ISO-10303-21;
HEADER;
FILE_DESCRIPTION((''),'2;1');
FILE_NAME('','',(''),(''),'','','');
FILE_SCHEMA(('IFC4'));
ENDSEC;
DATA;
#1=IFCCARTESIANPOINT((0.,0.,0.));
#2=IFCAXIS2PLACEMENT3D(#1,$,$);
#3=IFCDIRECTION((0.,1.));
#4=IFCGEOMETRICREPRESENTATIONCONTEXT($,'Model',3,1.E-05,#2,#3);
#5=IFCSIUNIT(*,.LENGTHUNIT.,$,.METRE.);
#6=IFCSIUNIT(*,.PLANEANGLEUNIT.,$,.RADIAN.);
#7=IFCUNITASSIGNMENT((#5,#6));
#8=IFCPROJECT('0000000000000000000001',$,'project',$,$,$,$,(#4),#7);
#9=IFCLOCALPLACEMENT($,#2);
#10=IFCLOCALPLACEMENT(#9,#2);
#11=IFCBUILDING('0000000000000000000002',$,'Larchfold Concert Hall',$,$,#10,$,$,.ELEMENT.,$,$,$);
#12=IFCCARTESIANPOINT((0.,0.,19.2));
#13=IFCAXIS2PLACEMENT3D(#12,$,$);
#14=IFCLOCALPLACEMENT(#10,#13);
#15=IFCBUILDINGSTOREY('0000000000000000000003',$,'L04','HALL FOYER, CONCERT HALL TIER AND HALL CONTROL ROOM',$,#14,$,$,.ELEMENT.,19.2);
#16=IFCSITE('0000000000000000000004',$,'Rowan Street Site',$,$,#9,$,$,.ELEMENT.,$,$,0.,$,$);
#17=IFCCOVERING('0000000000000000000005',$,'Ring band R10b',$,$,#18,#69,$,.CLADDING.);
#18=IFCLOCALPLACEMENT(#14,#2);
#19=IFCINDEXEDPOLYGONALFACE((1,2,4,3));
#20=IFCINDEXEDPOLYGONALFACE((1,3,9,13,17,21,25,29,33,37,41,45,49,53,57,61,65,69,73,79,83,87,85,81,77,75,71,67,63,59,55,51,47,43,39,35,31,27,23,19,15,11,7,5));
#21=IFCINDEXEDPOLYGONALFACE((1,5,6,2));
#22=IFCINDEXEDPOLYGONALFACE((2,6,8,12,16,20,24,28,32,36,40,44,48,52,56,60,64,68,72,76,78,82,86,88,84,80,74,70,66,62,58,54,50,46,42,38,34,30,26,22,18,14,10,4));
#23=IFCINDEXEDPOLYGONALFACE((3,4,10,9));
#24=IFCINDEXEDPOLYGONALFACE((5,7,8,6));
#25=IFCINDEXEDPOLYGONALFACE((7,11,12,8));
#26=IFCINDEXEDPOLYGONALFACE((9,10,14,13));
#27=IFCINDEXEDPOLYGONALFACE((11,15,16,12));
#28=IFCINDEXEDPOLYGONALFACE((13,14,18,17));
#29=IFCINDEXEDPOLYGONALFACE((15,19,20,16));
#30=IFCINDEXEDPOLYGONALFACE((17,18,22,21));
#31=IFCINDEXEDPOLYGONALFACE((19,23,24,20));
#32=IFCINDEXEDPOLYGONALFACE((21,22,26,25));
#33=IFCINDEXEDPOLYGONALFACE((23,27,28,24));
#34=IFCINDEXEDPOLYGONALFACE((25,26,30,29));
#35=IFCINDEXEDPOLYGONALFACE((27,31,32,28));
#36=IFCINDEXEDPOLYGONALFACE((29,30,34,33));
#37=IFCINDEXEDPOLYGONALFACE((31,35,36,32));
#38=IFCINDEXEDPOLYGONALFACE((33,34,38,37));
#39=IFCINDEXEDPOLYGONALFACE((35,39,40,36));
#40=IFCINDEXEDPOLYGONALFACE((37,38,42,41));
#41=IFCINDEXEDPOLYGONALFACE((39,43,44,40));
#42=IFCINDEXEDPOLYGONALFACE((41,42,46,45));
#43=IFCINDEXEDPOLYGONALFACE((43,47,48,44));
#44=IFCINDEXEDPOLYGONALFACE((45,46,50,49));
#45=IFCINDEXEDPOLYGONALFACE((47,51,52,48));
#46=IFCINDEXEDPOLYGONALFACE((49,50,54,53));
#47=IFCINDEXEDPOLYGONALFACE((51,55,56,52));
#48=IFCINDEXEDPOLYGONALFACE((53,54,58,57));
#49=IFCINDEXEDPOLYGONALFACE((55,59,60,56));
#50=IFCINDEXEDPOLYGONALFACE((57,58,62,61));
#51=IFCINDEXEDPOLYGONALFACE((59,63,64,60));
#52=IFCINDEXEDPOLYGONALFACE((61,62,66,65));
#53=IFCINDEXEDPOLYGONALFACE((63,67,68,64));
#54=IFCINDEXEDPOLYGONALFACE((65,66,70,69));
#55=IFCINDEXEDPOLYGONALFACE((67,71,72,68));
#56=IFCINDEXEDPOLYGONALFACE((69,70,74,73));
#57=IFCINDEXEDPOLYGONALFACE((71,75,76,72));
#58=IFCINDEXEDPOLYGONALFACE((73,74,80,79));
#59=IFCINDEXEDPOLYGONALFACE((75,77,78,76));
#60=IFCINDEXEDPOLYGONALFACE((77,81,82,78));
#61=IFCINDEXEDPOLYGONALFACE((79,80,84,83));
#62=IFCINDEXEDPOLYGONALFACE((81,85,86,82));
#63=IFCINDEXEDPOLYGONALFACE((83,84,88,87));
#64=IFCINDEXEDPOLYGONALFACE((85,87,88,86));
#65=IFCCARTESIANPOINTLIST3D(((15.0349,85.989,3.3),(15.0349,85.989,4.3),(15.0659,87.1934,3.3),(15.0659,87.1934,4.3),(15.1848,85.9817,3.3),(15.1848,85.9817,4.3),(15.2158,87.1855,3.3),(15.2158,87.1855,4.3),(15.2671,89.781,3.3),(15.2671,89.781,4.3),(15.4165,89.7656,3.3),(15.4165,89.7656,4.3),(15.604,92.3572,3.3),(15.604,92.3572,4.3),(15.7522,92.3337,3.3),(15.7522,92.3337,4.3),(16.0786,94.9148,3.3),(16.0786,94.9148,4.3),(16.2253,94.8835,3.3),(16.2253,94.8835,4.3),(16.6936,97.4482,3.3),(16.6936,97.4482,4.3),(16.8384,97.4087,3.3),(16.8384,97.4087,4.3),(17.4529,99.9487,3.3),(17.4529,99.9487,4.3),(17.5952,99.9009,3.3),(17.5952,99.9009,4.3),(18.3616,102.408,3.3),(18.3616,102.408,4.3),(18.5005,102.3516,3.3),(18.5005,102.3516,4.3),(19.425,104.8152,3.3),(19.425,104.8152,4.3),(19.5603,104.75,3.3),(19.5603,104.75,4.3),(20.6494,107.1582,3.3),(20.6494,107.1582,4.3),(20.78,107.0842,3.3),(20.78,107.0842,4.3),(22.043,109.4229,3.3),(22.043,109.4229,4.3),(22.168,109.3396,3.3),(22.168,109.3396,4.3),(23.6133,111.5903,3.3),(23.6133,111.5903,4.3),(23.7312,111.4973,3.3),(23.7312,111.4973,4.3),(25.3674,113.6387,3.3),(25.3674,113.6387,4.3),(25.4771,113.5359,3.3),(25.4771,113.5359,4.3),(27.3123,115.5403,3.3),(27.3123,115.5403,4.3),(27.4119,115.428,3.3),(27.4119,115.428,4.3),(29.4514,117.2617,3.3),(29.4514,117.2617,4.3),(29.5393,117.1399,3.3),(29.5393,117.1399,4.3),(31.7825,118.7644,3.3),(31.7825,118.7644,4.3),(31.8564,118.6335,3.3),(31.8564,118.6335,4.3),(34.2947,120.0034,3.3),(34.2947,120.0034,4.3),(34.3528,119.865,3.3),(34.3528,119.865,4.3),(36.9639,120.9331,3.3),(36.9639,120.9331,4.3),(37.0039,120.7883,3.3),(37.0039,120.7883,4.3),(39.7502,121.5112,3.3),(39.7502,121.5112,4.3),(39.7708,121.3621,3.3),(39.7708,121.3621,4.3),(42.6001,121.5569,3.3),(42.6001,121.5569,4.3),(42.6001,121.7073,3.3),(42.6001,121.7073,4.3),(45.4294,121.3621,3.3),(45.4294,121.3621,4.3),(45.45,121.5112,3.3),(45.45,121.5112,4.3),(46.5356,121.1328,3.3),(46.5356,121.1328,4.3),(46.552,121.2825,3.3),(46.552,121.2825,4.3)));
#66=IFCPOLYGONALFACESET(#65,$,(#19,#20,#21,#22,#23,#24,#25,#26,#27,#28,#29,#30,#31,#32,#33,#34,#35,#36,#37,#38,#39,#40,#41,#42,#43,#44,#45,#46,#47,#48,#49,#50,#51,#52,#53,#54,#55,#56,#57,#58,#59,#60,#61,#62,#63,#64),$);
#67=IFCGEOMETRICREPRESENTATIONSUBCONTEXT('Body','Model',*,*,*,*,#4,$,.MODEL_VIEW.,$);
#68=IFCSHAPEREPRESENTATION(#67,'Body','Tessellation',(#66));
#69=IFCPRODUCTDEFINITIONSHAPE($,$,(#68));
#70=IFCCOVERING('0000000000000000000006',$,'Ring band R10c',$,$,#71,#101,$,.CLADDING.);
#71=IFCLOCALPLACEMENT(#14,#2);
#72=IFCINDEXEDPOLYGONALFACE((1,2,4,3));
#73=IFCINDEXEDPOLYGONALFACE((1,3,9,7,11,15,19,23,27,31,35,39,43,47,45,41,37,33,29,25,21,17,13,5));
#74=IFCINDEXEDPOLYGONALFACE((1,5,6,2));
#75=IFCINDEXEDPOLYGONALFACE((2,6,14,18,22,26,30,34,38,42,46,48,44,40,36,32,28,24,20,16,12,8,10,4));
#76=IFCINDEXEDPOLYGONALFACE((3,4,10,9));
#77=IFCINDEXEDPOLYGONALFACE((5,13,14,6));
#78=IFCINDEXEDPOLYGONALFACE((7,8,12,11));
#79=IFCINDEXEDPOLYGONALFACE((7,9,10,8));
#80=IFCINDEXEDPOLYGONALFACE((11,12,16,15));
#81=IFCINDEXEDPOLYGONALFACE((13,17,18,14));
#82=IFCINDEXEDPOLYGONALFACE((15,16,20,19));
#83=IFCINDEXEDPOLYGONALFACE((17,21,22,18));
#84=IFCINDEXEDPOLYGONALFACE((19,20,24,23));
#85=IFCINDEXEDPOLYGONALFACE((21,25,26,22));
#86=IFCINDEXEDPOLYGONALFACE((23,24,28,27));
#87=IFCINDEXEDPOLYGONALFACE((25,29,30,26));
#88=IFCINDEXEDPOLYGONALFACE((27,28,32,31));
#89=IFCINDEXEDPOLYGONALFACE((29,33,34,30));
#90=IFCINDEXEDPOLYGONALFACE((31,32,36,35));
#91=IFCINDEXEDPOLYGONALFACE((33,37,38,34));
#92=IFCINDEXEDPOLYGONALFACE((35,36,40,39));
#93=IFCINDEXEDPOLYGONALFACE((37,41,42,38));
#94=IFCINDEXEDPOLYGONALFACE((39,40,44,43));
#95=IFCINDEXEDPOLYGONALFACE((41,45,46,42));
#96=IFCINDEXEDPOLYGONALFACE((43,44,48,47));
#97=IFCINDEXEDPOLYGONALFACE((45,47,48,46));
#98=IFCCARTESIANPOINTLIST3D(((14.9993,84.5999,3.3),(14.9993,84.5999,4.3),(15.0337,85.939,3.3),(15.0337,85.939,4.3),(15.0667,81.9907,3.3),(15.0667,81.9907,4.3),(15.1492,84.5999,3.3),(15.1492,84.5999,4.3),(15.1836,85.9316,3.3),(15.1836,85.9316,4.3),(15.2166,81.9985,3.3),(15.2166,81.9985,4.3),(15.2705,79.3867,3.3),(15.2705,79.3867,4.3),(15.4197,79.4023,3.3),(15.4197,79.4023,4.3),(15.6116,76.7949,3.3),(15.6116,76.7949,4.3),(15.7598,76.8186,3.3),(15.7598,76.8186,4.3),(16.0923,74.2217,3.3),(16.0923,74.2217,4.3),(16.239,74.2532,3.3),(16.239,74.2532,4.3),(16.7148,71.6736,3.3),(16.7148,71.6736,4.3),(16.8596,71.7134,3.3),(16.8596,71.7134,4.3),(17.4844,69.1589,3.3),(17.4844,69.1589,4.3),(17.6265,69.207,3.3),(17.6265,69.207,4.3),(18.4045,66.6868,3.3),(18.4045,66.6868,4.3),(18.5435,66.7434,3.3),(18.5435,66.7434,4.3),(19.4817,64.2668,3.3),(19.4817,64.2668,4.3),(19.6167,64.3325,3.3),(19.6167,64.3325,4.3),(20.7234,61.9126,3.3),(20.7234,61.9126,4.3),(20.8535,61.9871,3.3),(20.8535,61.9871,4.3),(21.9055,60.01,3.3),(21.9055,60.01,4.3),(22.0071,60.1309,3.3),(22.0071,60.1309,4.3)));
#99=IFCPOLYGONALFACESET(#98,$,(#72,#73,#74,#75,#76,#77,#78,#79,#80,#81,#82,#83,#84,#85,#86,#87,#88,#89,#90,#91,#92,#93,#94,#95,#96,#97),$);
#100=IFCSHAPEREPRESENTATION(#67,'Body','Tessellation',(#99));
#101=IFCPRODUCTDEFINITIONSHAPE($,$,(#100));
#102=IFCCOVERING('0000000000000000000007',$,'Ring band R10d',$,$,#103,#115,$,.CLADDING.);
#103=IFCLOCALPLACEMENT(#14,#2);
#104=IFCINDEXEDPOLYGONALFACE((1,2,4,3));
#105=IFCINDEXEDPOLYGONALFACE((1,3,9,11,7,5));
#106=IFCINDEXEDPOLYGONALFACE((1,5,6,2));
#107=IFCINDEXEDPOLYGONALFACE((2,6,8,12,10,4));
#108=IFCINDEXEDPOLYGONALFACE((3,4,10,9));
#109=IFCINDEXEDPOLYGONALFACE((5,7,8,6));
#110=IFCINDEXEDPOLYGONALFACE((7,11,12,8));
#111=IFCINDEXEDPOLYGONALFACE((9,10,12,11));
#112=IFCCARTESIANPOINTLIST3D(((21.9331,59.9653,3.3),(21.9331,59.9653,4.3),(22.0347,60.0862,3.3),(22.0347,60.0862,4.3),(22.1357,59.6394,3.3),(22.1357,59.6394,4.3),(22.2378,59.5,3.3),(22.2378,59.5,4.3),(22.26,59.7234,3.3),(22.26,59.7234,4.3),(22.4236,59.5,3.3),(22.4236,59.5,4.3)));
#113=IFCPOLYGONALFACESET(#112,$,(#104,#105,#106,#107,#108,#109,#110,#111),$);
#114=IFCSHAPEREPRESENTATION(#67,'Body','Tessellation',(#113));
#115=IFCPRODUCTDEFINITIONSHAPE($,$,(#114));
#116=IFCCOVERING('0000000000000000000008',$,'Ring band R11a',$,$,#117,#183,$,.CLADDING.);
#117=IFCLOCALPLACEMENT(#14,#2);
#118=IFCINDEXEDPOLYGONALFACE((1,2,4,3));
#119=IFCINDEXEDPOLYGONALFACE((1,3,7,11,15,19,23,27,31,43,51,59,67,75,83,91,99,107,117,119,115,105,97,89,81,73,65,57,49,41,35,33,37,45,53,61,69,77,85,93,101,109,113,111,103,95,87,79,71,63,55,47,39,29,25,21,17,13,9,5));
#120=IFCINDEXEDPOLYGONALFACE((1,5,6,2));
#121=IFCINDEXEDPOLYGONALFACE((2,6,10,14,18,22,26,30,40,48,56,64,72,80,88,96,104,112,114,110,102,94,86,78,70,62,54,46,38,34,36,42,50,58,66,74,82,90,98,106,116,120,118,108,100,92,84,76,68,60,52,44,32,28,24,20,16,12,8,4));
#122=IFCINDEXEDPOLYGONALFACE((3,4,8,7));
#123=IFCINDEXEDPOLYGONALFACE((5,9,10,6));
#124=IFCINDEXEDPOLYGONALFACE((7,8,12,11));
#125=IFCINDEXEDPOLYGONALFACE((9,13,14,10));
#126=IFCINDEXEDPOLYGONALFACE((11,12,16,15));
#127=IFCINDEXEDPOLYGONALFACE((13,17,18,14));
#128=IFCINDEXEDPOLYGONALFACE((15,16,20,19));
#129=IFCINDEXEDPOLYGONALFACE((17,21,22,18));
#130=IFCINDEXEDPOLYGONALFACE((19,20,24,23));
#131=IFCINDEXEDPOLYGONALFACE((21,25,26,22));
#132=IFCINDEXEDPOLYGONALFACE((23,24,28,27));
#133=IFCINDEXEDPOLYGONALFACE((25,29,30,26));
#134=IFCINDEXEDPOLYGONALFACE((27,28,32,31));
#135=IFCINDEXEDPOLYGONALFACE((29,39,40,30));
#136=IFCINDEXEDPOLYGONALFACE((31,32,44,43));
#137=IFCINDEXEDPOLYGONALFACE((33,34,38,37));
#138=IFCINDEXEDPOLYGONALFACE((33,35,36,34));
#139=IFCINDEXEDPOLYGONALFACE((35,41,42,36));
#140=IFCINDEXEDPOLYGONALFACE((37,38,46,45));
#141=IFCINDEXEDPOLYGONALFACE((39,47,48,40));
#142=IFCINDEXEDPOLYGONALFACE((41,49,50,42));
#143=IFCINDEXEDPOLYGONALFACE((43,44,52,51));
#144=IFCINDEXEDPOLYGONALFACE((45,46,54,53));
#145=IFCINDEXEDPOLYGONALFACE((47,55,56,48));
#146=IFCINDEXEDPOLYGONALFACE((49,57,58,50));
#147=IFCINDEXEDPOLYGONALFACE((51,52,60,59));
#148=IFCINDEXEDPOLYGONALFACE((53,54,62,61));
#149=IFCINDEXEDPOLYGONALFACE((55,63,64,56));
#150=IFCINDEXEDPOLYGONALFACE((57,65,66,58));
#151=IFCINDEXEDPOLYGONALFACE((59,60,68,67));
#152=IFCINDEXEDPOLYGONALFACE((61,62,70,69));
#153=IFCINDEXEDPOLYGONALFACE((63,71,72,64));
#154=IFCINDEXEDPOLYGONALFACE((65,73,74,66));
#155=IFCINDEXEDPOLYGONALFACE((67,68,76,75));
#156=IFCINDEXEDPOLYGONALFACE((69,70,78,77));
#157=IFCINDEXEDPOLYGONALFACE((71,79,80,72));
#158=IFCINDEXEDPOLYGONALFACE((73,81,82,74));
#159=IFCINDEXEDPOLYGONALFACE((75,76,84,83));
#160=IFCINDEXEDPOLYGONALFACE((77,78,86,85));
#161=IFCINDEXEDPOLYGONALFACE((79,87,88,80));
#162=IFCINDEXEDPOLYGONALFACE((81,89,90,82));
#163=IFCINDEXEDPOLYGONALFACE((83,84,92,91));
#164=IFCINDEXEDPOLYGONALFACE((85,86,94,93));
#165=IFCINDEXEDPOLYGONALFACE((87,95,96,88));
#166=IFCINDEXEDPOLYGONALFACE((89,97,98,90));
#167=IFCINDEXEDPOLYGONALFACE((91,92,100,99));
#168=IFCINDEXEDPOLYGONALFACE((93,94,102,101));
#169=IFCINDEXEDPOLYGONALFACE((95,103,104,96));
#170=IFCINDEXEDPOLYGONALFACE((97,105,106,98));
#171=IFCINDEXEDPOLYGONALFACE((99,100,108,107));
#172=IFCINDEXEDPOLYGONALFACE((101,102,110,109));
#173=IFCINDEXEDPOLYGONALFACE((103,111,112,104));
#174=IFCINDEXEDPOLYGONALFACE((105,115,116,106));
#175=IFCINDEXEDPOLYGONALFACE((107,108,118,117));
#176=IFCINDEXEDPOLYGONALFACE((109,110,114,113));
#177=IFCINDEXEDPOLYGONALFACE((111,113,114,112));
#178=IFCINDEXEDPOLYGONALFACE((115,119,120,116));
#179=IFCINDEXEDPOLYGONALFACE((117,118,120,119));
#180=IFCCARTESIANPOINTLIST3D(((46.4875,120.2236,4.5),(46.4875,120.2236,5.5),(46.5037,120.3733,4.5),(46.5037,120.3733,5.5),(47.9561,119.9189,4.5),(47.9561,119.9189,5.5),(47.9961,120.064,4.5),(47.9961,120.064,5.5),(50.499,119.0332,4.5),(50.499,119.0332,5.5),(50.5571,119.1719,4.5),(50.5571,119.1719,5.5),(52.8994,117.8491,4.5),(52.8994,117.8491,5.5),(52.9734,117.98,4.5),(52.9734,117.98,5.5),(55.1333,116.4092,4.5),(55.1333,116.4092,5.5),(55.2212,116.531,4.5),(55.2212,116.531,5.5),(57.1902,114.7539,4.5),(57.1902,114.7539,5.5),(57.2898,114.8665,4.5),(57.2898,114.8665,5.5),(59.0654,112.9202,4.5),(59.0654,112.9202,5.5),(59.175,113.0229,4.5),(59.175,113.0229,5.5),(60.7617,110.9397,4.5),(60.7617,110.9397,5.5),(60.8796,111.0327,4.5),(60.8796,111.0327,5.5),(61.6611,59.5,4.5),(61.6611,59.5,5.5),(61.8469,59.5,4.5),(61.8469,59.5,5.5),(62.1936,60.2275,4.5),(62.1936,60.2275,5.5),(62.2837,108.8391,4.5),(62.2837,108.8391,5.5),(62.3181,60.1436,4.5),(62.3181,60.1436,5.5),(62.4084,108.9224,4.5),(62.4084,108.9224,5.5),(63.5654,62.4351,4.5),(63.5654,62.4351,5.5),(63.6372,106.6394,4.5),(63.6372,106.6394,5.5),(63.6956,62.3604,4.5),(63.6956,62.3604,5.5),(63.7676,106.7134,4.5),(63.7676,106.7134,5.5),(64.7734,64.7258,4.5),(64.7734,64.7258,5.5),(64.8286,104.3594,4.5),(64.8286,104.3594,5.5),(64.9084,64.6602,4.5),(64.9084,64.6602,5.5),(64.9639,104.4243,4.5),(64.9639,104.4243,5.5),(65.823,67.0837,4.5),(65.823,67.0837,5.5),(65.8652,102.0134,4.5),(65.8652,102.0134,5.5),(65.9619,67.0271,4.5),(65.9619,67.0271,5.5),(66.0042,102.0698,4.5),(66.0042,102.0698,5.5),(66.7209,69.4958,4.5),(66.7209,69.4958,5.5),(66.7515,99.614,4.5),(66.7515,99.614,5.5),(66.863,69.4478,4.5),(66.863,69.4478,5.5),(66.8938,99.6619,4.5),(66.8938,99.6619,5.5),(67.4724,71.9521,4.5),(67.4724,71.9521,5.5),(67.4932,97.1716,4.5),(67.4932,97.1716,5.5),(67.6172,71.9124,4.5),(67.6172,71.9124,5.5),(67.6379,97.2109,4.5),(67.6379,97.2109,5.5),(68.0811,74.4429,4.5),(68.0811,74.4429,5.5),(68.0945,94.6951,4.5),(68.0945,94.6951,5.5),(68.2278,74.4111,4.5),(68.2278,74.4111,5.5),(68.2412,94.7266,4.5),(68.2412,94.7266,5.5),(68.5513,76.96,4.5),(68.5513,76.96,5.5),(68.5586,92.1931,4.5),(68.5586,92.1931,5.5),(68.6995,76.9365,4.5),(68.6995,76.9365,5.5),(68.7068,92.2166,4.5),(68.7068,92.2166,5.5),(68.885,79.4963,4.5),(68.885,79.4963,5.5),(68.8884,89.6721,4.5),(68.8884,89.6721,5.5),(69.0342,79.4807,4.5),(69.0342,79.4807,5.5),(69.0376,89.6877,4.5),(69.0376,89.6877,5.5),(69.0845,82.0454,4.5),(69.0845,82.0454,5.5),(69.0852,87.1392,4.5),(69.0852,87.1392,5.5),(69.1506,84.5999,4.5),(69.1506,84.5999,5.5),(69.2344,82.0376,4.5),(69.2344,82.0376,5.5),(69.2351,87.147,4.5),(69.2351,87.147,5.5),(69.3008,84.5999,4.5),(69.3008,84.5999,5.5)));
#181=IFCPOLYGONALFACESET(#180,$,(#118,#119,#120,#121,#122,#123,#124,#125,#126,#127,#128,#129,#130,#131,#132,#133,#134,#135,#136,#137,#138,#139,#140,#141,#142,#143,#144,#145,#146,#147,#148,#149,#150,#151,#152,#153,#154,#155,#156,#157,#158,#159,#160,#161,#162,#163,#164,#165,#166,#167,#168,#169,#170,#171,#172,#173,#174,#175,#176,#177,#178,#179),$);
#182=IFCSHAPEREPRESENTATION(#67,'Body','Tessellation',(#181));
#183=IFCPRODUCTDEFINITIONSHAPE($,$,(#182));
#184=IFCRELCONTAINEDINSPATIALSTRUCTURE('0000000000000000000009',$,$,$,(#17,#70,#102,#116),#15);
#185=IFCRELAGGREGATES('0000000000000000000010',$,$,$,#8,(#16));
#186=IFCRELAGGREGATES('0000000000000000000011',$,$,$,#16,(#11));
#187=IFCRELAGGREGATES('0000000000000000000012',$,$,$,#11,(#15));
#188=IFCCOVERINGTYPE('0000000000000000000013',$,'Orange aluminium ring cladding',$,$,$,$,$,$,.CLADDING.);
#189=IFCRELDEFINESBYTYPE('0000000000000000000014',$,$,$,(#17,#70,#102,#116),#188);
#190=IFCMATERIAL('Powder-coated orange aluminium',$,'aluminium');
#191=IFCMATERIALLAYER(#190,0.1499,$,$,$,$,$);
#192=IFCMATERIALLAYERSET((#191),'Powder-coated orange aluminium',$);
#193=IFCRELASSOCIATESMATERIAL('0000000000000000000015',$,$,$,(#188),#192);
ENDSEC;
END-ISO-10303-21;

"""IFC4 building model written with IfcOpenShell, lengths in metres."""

from ifc_helpers import new_model, si_unit, direction, frame, origin, place, context, subcontext, project, spatial, polyline, outline, extrude, material, layer, layer_set, type_object, element, save


model = new_model("IFC4")

# Units and contexts
model_context = context("Model", 3, precision=1e-05, world=origin(), true_north=direction((0.0, 1.0)))
body_context = subcontext(model_context, "Body", "Model", "MODEL_VIEW")
ifc_project = project(units=[si_unit("LENGTHUNIT", "METRE"), si_unit("PLANEANGLEUNIT", "RADIAN")], contexts=[model_context])

# Site, building, storey
site_placement = place(None, origin())
site = spatial("IfcSite", under=ifc_project, at=site_placement, Name="Rowan Street Site", CompositionType="ELEMENT", RefElevation=0.0)
building_placement = place(site_placement, origin())
building = spatial("IfcBuilding", under=site, at=building_placement, Name="Larchfold Concert Hall", CompositionType="ELEMENT")
storey_placement = place(building_placement, frame((0.0, 0.0, 19.2)))
storey = spatial("IfcBuildingStorey", under=building, at=storey_placement, Name="L04", Description="HALL FOYER, CONCERT HALL TIER AND HALL CONTROL ROOM", CompositionType="ELEMENT", Elevation=19.2)

# Coverings
ifc_material_1 = material(Name="Powder-coated orange aluminium", Category="aluminium")
ifc_layer_1 = layer(ifc_material_1, 0.1499)
ifc_layer_set_1 = layer_set([ifc_layer_1], Name="Powder-coated orange aluminium")
covering_type = type_object("IfcCoveringType", Name="Orange aluminium ring cladding", PredefinedType="CLADDING", material=ifc_layer_set_1)
covering_1_placement = place(storey_placement, frame((0.0, 0.0, 3.3)))
element("IfcCovering", 1, at=covering_1_placement, inside=storey, type_object=covering_type, Name="Ring band R10b", PredefinedType="CLADDING", context=body_context, shape_type="SweptSolid", body=[
    extrude(outline(polyline([(42.6001, 121.5569), (45.4294, 121.3621), (46.5356, 121.1328), (46.552, 121.2825), (45.45, 121.5112), (42.6001, 121.7073), (39.7502, 121.5112), (36.9639, 120.9331), (34.2947, 120.0034), (31.7825, 118.7644), (29.4514, 117.2617), (27.3123, 115.5403), (25.3674, 113.6387), (23.6133, 111.5903), (22.043, 109.4229), (20.6494, 107.1582), (19.425, 104.8152), (18.3616, 102.408), (17.4529, 99.9487), (16.6936, 97.4482), (16.0786, 94.9148), (15.604, 92.3572), (15.2671, 89.781), (15.0659, 87.1934), (15.0349, 85.989), (15.1848, 85.9817), (15.2158, 87.1855), (15.4165, 89.7656), (15.7522, 92.3337), (16.2253, 94.8835), (16.8384, 97.4087), (17.5952, 99.9009), (18.5005, 102.3516), (19.5603, 104.75), (20.78, 107.0842), (22.168, 109.3396), (23.7312, 111.4973), (25.4771, 113.5359), (27.4119, 115.428), (29.5393, 117.1399), (31.8564, 118.6335), (34.3528, 119.865), (37.0039, 120.7883), (39.7708, 121.3621), (42.6001, 121.5569)])), origin(), (0.0, 0.0, 1.0), 1.0),
])
covering_2_placement = place(storey_placement, frame((0.0, 0.0, 3.3)))
element("IfcCovering", 2, at=covering_2_placement, inside=storey, type_object=covering_type, Name="Ring band R10c", PredefinedType="CLADDING", context=body_context, shape_type="SweptSolid", body=[
    extrude(outline(polyline([(15.1492, 84.5999), (15.1836, 85.9316), (15.0337, 85.939), (14.9993, 84.5999), (15.0667, 81.9907), (15.2705, 79.3867), (15.6116, 76.7949), (16.0923, 74.2217), (16.7148, 71.6736), (17.4844, 69.1589), (18.4045, 66.6868), (19.4817, 64.2668), (20.7234, 61.9126), (21.9055, 60.01), (22.0071, 60.1309), (20.8535, 61.9871), (19.6167, 64.3325), (18.5435, 66.7434), (17.6265, 69.207), (16.8596, 71.7134), (16.239, 74.2532), (15.7598, 76.8186), (15.4197, 79.4023), (15.2166, 81.9985), (15.1492, 84.5999)])), origin(), (0.0, 0.0, 1.0), 1.0),
])
covering_3_placement = place(storey_placement, frame((0.0, 0.0, 3.3)))
element("IfcCovering", 3, at=covering_3_placement, inside=storey, type_object=covering_type, Name="Ring band R10d", PredefinedType="CLADDING", context=body_context, shape_type="SweptSolid", body=[
    extrude(outline(polyline([(22.0347, 60.0862), (21.9331, 59.9653), (22.1357, 59.6394), (22.2378, 59.5), (22.4236, 59.5), (22.26, 59.7234), (22.0347, 60.0862)])), origin(), (0.0, 0.0, 1.0), 1.0),
])
covering_4_placement = place(storey_placement, frame((0.0, 0.0, 4.5)))
element("IfcCovering", 4, at=covering_4_placement, inside=storey, type_object=covering_type, Name="Ring band R11a", PredefinedType="CLADDING", context=body_context, shape_type="SweptSolid", body=[
    extrude(outline(polyline([(68.2278, 74.4111), (68.6995, 76.9365), (69.0342, 79.4807), (69.2344, 82.0376), (69.3008, 84.5999), (69.2351, 87.147), (69.0376, 89.6877), (68.7068, 92.2166), (68.2412, 94.7266), (67.6379, 97.2109), (66.8938, 99.6619), (66.0042, 102.0698), (64.9639, 104.4243), (63.7676, 106.7134), (62.4084, 108.9224), (60.8796, 111.0327), (59.175, 113.0229), (57.2898, 114.8665), (55.2212, 116.531), (52.9734, 117.98), (50.5571, 119.1719), (47.9961, 120.064), (46.5037, 120.3733), (46.4875, 120.2236), (47.9561, 119.9189), (50.499, 119.0332), (52.8994, 117.8491), (55.1333, 116.4092), (57.1902, 114.7539), (59.0654, 112.9202), (60.7617, 110.9397), (62.2837, 108.8391), (63.6372, 106.6394), (64.8286, 104.3594), (65.8652, 102.0134), (66.7515, 99.614), (67.4932, 97.1716), (68.0945, 94.6951), (68.5586, 92.1931), (68.8884, 89.6721), (69.0852, 87.1392), (69.1506, 84.5999), (69.0845, 82.0454), (68.885, 79.4963), (68.5513, 76.96), (68.0811, 74.4429), (67.4724, 71.9521), (66.7209, 69.4958), (65.823, 67.0837), (64.7734, 64.7258), (63.5654, 62.4351), (62.1936, 60.2275), (61.6611, 59.5), (61.8469, 59.5), (62.3181, 60.1436), (63.6956, 62.3604), (64.9084, 64.6602), (65.9619, 67.0271), (66.863, 69.4478), (67.6172, 71.9124), (68.2278, 74.4111)])), origin(), (0.0, 0.0, 1.0), 1.0),
])

save(model, "model.ifc")
